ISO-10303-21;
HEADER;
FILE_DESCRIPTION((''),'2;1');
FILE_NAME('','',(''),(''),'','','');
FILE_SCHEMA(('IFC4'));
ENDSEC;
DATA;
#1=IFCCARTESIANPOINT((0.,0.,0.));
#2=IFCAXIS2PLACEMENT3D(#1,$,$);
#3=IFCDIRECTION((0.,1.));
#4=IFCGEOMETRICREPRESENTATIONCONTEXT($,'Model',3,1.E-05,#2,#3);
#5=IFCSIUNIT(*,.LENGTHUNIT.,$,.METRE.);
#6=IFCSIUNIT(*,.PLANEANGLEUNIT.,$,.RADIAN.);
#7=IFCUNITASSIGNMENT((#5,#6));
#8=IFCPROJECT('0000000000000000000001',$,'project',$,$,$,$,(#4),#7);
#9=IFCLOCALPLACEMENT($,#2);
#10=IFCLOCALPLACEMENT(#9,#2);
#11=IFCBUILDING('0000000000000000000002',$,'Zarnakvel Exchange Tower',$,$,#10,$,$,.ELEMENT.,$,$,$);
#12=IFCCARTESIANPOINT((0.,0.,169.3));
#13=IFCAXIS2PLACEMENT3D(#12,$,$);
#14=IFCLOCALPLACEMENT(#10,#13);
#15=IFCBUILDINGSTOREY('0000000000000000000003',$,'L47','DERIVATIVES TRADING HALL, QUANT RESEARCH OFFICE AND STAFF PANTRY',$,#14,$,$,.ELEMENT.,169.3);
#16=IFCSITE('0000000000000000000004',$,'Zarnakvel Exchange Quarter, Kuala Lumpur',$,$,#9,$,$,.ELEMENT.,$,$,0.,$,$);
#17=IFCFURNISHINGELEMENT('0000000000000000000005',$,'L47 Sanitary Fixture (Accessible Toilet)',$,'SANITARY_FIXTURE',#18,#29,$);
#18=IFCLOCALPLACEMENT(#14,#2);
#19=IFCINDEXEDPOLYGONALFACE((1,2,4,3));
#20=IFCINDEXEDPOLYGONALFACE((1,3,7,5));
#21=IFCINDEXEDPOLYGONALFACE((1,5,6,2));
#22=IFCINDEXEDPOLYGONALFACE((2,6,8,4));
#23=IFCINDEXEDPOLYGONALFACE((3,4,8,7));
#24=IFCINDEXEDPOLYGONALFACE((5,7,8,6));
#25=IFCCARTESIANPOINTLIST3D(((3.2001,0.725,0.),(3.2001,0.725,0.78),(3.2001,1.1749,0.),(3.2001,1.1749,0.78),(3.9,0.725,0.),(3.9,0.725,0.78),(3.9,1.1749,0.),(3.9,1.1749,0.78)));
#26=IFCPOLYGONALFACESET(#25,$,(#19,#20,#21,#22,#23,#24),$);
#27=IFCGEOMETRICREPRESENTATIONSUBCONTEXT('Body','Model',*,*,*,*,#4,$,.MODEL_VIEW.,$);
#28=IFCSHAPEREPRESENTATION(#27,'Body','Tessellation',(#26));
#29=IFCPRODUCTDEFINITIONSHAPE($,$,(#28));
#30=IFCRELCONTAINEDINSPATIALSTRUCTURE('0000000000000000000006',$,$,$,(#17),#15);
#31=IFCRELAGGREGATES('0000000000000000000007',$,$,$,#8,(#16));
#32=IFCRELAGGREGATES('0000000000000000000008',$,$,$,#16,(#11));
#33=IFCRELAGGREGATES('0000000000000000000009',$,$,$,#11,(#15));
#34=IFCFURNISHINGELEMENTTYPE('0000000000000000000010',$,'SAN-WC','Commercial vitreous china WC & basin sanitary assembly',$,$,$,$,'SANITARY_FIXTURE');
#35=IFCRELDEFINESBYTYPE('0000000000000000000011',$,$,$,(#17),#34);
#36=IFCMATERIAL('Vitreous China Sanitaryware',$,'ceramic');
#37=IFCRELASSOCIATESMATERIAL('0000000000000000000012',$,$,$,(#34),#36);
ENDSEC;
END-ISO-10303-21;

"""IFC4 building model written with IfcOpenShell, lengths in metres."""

from ifc_helpers import new_model, si_unit, direction, frame, origin, origin_2d, place, context, subcontext, project, spatial, rectangle, extrude, source, transform, mapped, material, type_object, element, save


model = new_model("IFC4")

# Units and contexts
model_context = context("Model", 3, precision=1e-05, world=origin(), true_north=direction((0.0, 1.0)))
body_context = subcontext(model_context, "Body", "Model", "MODEL_VIEW")
ifc_project = project(units=[si_unit("LENGTHUNIT", "METRE"), si_unit("PLANEANGLEUNIT", "RADIAN")], contexts=[model_context])

# Site, building, storey
site_placement = place(None, origin())
site = spatial("IfcSite", under=ifc_project, at=site_placement, Name="Zarnakvel Exchange Quarter, Kuala Lumpur", CompositionType="ELEMENT", RefElevation=0.0)
building_placement = place(site_placement, origin())
building = spatial("IfcBuilding", under=site, at=building_placement, Name="Zarnakvel Exchange Tower", CompositionType="ELEMENT")
storey_placement = place(building_placement, frame((0.0, 0.0, 169.3)))
storey = spatial("IfcBuildingStorey", under=building, at=storey_placement, Name="L47", Description="DERIVATIVES TRADING HALL, QUANT RESEARCH OFFICE AND STAFF PANTRY", CompositionType="ELEMENT", Elevation=169.3)

# Furnishing element
ifc_material_1 = material(Name="Vitreous China Sanitaryware", Category="ceramic")
furnishing_element_type = type_object("IfcFurnishingElementType", Name="SAN-WC", Description="Commercial vitreous china WC & basin sanitary assembly", ElementType="SANITARY_FIXTURE", material=ifc_material_1)
shared_shape_1 = source(origin(), body_context, "Body", "SweptSolid", [
    extrude(rectangle(XDim=0.7, YDim=0.45, at=origin_2d()), origin(), (0.0, 0.0, 1.0), 0.78),
])
for number, where, z_axis, x_axis, name in (
    (1, (3.55, 0.95, 0.0), (0.0, 0.0, 1.0), (1.0, 0.0, 0.0), "L47 Sanitary Fixture (Accessible Toilet)"),
):
    element("IfcFurnishingElement", number, at=place(storey_placement, frame(where, z_axis=z_axis, x_axis=x_axis)), inside=storey, type_object=furnishing_element_type, Name=name, ObjectType="SANITARY_FIXTURE", context=body_context, shape_type="MappedRepresentation", body=[
        mapped(shared_shape_1, transform((0.0, 0.0, 0.0), x_axis=(1.0, 0.0, 0.0), y_axis=(0.0, 1.0, 0.0), z_axis=(0.0, 0.0, 1.0), scale=1.0)),
    ])

save(model, "model.ifc")
